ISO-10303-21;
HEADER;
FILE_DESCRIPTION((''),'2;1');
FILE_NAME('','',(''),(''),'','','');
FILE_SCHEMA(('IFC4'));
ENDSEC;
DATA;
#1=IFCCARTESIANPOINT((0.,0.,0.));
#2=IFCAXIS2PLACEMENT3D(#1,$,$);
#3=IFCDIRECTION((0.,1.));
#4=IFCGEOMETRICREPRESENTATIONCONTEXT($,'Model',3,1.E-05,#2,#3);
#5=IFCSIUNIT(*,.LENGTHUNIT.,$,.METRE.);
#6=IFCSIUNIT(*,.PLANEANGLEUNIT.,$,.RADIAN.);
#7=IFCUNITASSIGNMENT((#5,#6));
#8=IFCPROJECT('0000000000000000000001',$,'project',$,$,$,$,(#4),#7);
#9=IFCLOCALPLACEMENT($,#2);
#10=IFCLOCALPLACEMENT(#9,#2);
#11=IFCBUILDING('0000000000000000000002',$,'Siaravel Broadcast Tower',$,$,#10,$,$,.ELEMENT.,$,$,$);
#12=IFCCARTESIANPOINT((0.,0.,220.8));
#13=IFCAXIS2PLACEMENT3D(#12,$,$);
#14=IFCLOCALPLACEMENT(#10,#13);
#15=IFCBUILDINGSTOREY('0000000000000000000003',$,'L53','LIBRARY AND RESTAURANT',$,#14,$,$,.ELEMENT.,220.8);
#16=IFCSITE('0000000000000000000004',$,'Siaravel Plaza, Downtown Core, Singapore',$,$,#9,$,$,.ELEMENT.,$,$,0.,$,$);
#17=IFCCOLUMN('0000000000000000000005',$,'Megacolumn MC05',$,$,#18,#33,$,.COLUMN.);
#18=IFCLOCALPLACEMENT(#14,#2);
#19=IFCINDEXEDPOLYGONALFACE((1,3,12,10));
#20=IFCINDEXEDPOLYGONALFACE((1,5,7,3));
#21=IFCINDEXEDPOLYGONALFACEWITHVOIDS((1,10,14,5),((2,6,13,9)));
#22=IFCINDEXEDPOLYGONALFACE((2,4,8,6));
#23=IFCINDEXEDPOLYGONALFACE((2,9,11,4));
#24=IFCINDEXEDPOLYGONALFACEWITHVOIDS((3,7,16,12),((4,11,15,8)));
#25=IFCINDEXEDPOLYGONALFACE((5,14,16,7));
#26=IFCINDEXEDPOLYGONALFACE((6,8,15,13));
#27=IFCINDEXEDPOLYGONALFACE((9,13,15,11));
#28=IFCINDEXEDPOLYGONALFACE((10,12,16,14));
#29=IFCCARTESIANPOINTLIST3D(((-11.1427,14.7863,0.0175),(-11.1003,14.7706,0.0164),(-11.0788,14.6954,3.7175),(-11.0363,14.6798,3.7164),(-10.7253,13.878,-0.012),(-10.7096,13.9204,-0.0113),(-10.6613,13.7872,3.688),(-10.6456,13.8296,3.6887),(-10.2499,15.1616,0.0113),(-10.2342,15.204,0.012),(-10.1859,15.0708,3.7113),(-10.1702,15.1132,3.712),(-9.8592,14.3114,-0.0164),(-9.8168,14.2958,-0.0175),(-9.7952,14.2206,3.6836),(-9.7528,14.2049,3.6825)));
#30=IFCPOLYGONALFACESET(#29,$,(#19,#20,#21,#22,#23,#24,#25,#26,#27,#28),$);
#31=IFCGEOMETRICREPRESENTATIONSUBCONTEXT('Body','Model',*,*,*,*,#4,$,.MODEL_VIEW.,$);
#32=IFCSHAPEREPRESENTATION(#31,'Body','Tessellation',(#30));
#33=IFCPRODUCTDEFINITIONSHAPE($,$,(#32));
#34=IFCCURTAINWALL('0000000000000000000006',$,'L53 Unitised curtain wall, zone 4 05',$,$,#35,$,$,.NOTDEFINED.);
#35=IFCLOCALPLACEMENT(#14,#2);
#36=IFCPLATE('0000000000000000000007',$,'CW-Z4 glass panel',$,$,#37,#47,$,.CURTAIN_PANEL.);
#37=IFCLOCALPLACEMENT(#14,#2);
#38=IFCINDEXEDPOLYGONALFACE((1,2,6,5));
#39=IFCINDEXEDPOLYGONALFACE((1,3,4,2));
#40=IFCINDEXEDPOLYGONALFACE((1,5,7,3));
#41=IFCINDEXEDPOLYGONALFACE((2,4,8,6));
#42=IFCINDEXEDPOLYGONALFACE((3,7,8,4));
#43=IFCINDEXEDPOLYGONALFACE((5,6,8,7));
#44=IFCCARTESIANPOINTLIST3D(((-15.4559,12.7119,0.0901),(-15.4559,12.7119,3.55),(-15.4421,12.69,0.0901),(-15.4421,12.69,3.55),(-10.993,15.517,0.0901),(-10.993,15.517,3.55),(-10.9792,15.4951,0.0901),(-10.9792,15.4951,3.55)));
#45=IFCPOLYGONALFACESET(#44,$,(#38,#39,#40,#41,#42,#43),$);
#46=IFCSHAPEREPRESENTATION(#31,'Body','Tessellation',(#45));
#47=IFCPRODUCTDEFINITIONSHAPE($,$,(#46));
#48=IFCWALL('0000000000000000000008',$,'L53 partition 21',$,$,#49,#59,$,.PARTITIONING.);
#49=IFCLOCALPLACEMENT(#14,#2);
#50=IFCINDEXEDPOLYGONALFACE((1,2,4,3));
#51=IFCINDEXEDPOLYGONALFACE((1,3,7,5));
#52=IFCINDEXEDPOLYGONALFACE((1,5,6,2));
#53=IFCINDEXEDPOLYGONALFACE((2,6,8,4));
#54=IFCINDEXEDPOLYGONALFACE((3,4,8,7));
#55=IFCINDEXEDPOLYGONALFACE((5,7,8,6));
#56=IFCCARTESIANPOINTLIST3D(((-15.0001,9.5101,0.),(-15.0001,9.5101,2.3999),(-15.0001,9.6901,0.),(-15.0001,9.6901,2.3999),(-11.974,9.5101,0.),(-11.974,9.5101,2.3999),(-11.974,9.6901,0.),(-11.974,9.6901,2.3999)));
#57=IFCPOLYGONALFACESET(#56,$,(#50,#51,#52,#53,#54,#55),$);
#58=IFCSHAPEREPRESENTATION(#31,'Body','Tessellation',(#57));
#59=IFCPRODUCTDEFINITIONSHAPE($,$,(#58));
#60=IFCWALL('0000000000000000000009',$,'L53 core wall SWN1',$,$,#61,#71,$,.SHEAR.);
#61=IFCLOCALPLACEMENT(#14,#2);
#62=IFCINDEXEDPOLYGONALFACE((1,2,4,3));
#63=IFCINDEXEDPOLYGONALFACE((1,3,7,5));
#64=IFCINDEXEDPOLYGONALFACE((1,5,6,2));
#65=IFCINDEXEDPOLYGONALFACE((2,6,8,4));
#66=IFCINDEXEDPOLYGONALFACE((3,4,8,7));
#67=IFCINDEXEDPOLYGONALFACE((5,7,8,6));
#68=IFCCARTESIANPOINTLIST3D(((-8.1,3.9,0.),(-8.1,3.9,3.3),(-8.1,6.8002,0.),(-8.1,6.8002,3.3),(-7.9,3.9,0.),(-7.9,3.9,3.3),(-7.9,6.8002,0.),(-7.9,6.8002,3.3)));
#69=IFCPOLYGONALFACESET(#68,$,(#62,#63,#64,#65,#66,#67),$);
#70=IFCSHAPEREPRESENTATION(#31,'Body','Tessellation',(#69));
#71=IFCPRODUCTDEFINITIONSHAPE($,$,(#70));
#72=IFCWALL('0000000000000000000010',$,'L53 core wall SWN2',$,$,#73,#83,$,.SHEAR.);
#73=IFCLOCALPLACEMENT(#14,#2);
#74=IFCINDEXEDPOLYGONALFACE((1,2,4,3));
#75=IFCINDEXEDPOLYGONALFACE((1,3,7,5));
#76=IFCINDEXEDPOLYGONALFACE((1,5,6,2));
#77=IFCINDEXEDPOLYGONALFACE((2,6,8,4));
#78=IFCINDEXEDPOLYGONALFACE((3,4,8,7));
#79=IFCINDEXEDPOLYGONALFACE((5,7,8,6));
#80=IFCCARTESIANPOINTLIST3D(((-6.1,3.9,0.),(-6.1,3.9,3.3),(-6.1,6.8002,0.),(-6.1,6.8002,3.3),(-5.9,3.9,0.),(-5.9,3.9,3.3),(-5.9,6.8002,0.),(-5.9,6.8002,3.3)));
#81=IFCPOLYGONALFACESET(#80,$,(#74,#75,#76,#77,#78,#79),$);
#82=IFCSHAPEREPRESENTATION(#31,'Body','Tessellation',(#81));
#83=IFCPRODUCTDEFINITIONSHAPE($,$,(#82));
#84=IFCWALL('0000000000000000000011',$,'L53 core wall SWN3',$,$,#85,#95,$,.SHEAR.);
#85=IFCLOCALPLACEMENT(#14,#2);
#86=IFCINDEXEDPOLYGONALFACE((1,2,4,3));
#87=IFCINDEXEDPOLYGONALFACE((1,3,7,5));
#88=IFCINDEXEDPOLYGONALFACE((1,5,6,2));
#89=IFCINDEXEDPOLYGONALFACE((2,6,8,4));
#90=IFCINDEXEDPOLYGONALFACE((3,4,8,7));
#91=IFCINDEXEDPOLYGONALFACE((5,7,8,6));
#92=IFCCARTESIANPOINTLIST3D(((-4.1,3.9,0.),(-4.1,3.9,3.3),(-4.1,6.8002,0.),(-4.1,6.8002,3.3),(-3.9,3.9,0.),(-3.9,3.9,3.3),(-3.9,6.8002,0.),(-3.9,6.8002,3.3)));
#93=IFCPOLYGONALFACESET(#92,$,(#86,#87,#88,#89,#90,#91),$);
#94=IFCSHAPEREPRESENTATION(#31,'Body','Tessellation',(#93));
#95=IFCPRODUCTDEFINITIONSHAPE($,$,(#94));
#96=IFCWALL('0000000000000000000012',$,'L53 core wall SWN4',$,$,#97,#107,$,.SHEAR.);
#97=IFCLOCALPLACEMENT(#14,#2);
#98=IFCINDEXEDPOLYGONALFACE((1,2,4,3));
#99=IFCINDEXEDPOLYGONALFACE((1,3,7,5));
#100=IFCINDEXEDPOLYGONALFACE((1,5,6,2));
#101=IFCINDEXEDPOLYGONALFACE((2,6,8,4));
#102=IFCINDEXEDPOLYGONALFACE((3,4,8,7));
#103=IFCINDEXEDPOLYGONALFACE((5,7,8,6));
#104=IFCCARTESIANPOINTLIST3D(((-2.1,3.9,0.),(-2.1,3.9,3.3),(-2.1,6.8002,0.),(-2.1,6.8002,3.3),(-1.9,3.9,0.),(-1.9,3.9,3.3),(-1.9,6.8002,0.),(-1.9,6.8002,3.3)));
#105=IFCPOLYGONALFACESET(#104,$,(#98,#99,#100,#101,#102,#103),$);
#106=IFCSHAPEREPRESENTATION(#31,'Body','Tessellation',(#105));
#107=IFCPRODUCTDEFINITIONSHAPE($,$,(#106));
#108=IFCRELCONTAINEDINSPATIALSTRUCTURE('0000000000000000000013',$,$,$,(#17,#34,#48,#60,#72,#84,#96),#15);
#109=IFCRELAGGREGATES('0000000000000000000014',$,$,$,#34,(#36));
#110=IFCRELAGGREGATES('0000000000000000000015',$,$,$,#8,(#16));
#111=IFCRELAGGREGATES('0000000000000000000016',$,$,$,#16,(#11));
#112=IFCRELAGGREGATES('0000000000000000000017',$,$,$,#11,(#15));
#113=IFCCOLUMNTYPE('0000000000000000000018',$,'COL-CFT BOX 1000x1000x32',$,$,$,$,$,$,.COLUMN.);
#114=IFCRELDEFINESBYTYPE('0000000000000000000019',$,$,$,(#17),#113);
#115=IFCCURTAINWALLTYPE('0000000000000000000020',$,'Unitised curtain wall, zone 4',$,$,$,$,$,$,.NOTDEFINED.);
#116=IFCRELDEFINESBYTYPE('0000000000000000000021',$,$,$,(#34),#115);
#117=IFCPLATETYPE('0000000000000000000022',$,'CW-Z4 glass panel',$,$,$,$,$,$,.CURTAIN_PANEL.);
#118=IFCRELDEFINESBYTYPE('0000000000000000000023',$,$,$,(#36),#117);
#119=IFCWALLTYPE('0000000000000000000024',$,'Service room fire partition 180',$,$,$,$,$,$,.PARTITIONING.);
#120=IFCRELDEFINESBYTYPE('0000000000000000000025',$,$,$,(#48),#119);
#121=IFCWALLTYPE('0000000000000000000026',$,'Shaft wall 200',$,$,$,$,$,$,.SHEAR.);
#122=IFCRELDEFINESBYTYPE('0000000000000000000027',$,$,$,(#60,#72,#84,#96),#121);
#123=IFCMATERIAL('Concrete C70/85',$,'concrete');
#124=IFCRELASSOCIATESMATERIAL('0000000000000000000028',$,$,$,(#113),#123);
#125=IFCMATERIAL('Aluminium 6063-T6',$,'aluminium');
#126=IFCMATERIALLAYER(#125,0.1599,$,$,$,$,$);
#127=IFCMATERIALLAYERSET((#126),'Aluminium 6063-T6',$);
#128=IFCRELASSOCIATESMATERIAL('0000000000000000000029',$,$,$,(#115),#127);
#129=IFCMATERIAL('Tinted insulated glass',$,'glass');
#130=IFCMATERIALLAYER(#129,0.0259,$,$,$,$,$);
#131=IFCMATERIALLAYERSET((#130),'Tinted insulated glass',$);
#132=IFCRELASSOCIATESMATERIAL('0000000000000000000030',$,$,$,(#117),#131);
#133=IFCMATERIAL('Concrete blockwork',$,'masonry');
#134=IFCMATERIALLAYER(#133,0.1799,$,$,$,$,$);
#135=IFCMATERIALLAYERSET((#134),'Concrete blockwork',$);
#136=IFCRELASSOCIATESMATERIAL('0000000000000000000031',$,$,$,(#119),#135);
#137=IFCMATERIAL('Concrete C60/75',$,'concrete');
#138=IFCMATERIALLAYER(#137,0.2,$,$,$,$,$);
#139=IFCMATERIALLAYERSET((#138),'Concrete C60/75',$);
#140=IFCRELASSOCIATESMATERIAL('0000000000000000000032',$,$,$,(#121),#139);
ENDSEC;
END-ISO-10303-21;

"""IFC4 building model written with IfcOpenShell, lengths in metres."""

from ifc_helpers import new_model, si_unit, direction, frame, frame_2d, origin, origin_2d, place, context, subcontext, project, spatial, rectangle, hollow_rectangle, extrude, material, layer, layer_set, material_profile, profile_set, type_object, element, aggregate, save


model = new_model("IFC4")

# Units and contexts
model_context = context("Model", 3, precision=1e-05, world=origin(), true_north=direction((0.0, 1.0)))
body_context = subcontext(model_context, "Body", "Model", "MODEL_VIEW")
ifc_project = project(units=[si_unit("LENGTHUNIT", "METRE"), si_unit("PLANEANGLEUNIT", "RADIAN")], contexts=[model_context])

# Site, building, storey
site_placement = place(None, origin())
site = spatial("IfcSite", under=ifc_project, at=site_placement, Name="Siaravel Plaza, Downtown Core, Singapore", CompositionType="ELEMENT", RefElevation=0.0)
building_placement = place(site_placement, origin())
building = spatial("IfcBuilding", under=site, at=building_placement, Name="Siaravel Broadcast Tower", CompositionType="ELEMENT")
storey_placement = place(building_placement, frame((0.0, 0.0, 220.8)))
storey = spatial("IfcBuildingStorey", under=building, at=storey_placement, Name="L53", Description="LIBRARY AND RESTAURANT", CompositionType="ELEMENT", Elevation=220.8)

# Column
ifc_material_1 = material(Name="Concrete C70/85", Category="concrete")
ifc_material_profile = material_profile(ifc_material_1, hollow_rectangle(XDim=1.0, YDim=1.0, WallThickness=0.032, at=origin_2d()))
ifc_profile_set = profile_set([ifc_material_profile], Name="Concrete C70/85")
column_type = type_object("IfcColumnType", Name="COL-CFT BOX 1000x1000x32", PredefinedType="COLUMN", material=ifc_profile_set)
column_placement = place(storey_placement, frame((-10.4797, 14.541, 0.0), z_axis=(0.01728, -0.024535, 0.99955), x_axis=(0.908555, 0.417729, -0.005453)))
element("IfcColumn", 1, at=column_placement, inside=storey, type_object=column_type, Name="Megacolumn MC05", PredefinedType="COLUMN", context=body_context, shape_type="SweptSolid", body=[
    extrude(hollow_rectangle(XDim=1.0, YDim=1.0, WallThickness=0.032, at=origin_2d()), origin(), (0.0, 0.0, 1.0), 3.7017),
])

# Curtain wall, plate
ifc_material_2 = material(Name="Aluminium 6063-T6", Category="aluminium")
ifc_layer_1 = layer(ifc_material_2, 0.1599)
ifc_layer_set_1 = layer_set([ifc_layer_1], Name="Aluminium 6063-T6")
curtain_wall_type = type_object("IfcCurtainWallType", Name="Unitised curtain wall, zone 4", PredefinedType="NOTDEFINED", material=ifc_layer_set_1)
curtain_wall_placement = place(storey_placement, origin())
curtain_wall = element("IfcCurtainWall", 2, at=curtain_wall_placement, inside=storey, type_object=curtain_wall_type, Name="L53 Unitised curtain wall, zone 4 05", PredefinedType="NOTDEFINED")
ifc_material_3 = material(Name="Tinted insulated glass", Category="glass")
ifc_layer_2 = layer(ifc_material_3, 0.0259)
ifc_layer_set_2 = layer_set([ifc_layer_2], Name="Tinted insulated glass")
plate_type = type_object("IfcPlateType", Name="CW-Z4 glass panel", PredefinedType="CURTAIN_PANEL", material=ifc_layer_set_2)
plate_placement = place(storey_placement, frame((-13.2175, 14.1035, 0.0901), z_axis=(0.0, 0.0, 1.0), x_axis=(-0.84665, -0.53215, 0.0)))
plate = element("IfcPlate", 3, at=plate_placement, type_object=plate_type, Name="CW-Z4 glass panel", PredefinedType="CURTAIN_PANEL", context=body_context, shape_type="SweptSolid", body=[
    extrude(rectangle(XDim=5.2712, YDim=0.0259, at=origin_2d()), origin(), (0.0, 0.0, 1.0), 3.46),
])
aggregate(curtain_wall, [plate])

# Shared definitions
ifc_material_4 = material(Name="Concrete C60/75", Category="concrete")

# Walls
ifc_material_5 = material(Name="Concrete blockwork", Category="masonry")
ifc_layer_3 = layer(ifc_material_5, 0.1799)
ifc_layer_set_3 = layer_set([ifc_layer_3], Name="Concrete blockwork")
wall_type_1 = type_object("IfcWallType", Name="Service room fire partition 180", PredefinedType="PARTITIONING", material=ifc_layer_set_3)
wall_1_placement = place(storey_placement, frame((-11.9739, 9.6001, 0.0), z_axis=(0.0, 0.0, 1.0), x_axis=(-1.0, 0.0, 0.0)))
element("IfcWall", 4, at=wall_1_placement, inside=storey, type_object=wall_type_1, Name="L53 partition 21", PredefinedType="PARTITIONING", context=body_context, shape_type="SweptSolid", body=[
    extrude(rectangle(XDim=3.0261, YDim=0.1799, at=frame_2d((1.5132, 0.0))), origin(), (0.0, 0.0, 1.0), 2.3999),
])
ifc_layer_4 = layer(ifc_material_4, 0.2)
ifc_layer_set_4 = layer_set([ifc_layer_4], Name="Concrete C60/75")
wall_type_2 = type_object("IfcWallType", Name="Shaft wall 200", PredefinedType="SHEAR", material=ifc_layer_set_4)
for number, where, z_axis, x_axis, name in (
    (5, (-8.0, 3.8999, 0.0), (0.0, 0.0, 1.0), (0.0, 1.0, 0.0), "L53 core wall SWN1"),
    (6, (-6.0, 3.8999, 0.0), (0.0, 0.0, 1.0), (0.0, 1.0, 0.0), "L53 core wall SWN2"),
    (7, (-4.0, 3.8999, 0.0), (0.0, 0.0, 1.0), (0.0, 1.0, 0.0), "L53 core wall SWN3"),
    (8, (-2.0, 3.8999, 0.0), (0.0, 0.0, 1.0), (0.0, 1.0, 0.0), "L53 core wall SWN4"),
):
    element("IfcWall", number, at=place(storey_placement, frame(where, z_axis=z_axis, x_axis=x_axis)), inside=storey, type_object=wall_type_2, Name=name, PredefinedType="SHEAR", context=body_context, shape_type="SweptSolid", body=[
        extrude(rectangle(XDim=2.9001, YDim=0.2, at=frame_2d((1.4502, 0.0))), origin(), (0.0, 0.0, 1.0), 3.3),
    ])

save(model, "model.ifc")
